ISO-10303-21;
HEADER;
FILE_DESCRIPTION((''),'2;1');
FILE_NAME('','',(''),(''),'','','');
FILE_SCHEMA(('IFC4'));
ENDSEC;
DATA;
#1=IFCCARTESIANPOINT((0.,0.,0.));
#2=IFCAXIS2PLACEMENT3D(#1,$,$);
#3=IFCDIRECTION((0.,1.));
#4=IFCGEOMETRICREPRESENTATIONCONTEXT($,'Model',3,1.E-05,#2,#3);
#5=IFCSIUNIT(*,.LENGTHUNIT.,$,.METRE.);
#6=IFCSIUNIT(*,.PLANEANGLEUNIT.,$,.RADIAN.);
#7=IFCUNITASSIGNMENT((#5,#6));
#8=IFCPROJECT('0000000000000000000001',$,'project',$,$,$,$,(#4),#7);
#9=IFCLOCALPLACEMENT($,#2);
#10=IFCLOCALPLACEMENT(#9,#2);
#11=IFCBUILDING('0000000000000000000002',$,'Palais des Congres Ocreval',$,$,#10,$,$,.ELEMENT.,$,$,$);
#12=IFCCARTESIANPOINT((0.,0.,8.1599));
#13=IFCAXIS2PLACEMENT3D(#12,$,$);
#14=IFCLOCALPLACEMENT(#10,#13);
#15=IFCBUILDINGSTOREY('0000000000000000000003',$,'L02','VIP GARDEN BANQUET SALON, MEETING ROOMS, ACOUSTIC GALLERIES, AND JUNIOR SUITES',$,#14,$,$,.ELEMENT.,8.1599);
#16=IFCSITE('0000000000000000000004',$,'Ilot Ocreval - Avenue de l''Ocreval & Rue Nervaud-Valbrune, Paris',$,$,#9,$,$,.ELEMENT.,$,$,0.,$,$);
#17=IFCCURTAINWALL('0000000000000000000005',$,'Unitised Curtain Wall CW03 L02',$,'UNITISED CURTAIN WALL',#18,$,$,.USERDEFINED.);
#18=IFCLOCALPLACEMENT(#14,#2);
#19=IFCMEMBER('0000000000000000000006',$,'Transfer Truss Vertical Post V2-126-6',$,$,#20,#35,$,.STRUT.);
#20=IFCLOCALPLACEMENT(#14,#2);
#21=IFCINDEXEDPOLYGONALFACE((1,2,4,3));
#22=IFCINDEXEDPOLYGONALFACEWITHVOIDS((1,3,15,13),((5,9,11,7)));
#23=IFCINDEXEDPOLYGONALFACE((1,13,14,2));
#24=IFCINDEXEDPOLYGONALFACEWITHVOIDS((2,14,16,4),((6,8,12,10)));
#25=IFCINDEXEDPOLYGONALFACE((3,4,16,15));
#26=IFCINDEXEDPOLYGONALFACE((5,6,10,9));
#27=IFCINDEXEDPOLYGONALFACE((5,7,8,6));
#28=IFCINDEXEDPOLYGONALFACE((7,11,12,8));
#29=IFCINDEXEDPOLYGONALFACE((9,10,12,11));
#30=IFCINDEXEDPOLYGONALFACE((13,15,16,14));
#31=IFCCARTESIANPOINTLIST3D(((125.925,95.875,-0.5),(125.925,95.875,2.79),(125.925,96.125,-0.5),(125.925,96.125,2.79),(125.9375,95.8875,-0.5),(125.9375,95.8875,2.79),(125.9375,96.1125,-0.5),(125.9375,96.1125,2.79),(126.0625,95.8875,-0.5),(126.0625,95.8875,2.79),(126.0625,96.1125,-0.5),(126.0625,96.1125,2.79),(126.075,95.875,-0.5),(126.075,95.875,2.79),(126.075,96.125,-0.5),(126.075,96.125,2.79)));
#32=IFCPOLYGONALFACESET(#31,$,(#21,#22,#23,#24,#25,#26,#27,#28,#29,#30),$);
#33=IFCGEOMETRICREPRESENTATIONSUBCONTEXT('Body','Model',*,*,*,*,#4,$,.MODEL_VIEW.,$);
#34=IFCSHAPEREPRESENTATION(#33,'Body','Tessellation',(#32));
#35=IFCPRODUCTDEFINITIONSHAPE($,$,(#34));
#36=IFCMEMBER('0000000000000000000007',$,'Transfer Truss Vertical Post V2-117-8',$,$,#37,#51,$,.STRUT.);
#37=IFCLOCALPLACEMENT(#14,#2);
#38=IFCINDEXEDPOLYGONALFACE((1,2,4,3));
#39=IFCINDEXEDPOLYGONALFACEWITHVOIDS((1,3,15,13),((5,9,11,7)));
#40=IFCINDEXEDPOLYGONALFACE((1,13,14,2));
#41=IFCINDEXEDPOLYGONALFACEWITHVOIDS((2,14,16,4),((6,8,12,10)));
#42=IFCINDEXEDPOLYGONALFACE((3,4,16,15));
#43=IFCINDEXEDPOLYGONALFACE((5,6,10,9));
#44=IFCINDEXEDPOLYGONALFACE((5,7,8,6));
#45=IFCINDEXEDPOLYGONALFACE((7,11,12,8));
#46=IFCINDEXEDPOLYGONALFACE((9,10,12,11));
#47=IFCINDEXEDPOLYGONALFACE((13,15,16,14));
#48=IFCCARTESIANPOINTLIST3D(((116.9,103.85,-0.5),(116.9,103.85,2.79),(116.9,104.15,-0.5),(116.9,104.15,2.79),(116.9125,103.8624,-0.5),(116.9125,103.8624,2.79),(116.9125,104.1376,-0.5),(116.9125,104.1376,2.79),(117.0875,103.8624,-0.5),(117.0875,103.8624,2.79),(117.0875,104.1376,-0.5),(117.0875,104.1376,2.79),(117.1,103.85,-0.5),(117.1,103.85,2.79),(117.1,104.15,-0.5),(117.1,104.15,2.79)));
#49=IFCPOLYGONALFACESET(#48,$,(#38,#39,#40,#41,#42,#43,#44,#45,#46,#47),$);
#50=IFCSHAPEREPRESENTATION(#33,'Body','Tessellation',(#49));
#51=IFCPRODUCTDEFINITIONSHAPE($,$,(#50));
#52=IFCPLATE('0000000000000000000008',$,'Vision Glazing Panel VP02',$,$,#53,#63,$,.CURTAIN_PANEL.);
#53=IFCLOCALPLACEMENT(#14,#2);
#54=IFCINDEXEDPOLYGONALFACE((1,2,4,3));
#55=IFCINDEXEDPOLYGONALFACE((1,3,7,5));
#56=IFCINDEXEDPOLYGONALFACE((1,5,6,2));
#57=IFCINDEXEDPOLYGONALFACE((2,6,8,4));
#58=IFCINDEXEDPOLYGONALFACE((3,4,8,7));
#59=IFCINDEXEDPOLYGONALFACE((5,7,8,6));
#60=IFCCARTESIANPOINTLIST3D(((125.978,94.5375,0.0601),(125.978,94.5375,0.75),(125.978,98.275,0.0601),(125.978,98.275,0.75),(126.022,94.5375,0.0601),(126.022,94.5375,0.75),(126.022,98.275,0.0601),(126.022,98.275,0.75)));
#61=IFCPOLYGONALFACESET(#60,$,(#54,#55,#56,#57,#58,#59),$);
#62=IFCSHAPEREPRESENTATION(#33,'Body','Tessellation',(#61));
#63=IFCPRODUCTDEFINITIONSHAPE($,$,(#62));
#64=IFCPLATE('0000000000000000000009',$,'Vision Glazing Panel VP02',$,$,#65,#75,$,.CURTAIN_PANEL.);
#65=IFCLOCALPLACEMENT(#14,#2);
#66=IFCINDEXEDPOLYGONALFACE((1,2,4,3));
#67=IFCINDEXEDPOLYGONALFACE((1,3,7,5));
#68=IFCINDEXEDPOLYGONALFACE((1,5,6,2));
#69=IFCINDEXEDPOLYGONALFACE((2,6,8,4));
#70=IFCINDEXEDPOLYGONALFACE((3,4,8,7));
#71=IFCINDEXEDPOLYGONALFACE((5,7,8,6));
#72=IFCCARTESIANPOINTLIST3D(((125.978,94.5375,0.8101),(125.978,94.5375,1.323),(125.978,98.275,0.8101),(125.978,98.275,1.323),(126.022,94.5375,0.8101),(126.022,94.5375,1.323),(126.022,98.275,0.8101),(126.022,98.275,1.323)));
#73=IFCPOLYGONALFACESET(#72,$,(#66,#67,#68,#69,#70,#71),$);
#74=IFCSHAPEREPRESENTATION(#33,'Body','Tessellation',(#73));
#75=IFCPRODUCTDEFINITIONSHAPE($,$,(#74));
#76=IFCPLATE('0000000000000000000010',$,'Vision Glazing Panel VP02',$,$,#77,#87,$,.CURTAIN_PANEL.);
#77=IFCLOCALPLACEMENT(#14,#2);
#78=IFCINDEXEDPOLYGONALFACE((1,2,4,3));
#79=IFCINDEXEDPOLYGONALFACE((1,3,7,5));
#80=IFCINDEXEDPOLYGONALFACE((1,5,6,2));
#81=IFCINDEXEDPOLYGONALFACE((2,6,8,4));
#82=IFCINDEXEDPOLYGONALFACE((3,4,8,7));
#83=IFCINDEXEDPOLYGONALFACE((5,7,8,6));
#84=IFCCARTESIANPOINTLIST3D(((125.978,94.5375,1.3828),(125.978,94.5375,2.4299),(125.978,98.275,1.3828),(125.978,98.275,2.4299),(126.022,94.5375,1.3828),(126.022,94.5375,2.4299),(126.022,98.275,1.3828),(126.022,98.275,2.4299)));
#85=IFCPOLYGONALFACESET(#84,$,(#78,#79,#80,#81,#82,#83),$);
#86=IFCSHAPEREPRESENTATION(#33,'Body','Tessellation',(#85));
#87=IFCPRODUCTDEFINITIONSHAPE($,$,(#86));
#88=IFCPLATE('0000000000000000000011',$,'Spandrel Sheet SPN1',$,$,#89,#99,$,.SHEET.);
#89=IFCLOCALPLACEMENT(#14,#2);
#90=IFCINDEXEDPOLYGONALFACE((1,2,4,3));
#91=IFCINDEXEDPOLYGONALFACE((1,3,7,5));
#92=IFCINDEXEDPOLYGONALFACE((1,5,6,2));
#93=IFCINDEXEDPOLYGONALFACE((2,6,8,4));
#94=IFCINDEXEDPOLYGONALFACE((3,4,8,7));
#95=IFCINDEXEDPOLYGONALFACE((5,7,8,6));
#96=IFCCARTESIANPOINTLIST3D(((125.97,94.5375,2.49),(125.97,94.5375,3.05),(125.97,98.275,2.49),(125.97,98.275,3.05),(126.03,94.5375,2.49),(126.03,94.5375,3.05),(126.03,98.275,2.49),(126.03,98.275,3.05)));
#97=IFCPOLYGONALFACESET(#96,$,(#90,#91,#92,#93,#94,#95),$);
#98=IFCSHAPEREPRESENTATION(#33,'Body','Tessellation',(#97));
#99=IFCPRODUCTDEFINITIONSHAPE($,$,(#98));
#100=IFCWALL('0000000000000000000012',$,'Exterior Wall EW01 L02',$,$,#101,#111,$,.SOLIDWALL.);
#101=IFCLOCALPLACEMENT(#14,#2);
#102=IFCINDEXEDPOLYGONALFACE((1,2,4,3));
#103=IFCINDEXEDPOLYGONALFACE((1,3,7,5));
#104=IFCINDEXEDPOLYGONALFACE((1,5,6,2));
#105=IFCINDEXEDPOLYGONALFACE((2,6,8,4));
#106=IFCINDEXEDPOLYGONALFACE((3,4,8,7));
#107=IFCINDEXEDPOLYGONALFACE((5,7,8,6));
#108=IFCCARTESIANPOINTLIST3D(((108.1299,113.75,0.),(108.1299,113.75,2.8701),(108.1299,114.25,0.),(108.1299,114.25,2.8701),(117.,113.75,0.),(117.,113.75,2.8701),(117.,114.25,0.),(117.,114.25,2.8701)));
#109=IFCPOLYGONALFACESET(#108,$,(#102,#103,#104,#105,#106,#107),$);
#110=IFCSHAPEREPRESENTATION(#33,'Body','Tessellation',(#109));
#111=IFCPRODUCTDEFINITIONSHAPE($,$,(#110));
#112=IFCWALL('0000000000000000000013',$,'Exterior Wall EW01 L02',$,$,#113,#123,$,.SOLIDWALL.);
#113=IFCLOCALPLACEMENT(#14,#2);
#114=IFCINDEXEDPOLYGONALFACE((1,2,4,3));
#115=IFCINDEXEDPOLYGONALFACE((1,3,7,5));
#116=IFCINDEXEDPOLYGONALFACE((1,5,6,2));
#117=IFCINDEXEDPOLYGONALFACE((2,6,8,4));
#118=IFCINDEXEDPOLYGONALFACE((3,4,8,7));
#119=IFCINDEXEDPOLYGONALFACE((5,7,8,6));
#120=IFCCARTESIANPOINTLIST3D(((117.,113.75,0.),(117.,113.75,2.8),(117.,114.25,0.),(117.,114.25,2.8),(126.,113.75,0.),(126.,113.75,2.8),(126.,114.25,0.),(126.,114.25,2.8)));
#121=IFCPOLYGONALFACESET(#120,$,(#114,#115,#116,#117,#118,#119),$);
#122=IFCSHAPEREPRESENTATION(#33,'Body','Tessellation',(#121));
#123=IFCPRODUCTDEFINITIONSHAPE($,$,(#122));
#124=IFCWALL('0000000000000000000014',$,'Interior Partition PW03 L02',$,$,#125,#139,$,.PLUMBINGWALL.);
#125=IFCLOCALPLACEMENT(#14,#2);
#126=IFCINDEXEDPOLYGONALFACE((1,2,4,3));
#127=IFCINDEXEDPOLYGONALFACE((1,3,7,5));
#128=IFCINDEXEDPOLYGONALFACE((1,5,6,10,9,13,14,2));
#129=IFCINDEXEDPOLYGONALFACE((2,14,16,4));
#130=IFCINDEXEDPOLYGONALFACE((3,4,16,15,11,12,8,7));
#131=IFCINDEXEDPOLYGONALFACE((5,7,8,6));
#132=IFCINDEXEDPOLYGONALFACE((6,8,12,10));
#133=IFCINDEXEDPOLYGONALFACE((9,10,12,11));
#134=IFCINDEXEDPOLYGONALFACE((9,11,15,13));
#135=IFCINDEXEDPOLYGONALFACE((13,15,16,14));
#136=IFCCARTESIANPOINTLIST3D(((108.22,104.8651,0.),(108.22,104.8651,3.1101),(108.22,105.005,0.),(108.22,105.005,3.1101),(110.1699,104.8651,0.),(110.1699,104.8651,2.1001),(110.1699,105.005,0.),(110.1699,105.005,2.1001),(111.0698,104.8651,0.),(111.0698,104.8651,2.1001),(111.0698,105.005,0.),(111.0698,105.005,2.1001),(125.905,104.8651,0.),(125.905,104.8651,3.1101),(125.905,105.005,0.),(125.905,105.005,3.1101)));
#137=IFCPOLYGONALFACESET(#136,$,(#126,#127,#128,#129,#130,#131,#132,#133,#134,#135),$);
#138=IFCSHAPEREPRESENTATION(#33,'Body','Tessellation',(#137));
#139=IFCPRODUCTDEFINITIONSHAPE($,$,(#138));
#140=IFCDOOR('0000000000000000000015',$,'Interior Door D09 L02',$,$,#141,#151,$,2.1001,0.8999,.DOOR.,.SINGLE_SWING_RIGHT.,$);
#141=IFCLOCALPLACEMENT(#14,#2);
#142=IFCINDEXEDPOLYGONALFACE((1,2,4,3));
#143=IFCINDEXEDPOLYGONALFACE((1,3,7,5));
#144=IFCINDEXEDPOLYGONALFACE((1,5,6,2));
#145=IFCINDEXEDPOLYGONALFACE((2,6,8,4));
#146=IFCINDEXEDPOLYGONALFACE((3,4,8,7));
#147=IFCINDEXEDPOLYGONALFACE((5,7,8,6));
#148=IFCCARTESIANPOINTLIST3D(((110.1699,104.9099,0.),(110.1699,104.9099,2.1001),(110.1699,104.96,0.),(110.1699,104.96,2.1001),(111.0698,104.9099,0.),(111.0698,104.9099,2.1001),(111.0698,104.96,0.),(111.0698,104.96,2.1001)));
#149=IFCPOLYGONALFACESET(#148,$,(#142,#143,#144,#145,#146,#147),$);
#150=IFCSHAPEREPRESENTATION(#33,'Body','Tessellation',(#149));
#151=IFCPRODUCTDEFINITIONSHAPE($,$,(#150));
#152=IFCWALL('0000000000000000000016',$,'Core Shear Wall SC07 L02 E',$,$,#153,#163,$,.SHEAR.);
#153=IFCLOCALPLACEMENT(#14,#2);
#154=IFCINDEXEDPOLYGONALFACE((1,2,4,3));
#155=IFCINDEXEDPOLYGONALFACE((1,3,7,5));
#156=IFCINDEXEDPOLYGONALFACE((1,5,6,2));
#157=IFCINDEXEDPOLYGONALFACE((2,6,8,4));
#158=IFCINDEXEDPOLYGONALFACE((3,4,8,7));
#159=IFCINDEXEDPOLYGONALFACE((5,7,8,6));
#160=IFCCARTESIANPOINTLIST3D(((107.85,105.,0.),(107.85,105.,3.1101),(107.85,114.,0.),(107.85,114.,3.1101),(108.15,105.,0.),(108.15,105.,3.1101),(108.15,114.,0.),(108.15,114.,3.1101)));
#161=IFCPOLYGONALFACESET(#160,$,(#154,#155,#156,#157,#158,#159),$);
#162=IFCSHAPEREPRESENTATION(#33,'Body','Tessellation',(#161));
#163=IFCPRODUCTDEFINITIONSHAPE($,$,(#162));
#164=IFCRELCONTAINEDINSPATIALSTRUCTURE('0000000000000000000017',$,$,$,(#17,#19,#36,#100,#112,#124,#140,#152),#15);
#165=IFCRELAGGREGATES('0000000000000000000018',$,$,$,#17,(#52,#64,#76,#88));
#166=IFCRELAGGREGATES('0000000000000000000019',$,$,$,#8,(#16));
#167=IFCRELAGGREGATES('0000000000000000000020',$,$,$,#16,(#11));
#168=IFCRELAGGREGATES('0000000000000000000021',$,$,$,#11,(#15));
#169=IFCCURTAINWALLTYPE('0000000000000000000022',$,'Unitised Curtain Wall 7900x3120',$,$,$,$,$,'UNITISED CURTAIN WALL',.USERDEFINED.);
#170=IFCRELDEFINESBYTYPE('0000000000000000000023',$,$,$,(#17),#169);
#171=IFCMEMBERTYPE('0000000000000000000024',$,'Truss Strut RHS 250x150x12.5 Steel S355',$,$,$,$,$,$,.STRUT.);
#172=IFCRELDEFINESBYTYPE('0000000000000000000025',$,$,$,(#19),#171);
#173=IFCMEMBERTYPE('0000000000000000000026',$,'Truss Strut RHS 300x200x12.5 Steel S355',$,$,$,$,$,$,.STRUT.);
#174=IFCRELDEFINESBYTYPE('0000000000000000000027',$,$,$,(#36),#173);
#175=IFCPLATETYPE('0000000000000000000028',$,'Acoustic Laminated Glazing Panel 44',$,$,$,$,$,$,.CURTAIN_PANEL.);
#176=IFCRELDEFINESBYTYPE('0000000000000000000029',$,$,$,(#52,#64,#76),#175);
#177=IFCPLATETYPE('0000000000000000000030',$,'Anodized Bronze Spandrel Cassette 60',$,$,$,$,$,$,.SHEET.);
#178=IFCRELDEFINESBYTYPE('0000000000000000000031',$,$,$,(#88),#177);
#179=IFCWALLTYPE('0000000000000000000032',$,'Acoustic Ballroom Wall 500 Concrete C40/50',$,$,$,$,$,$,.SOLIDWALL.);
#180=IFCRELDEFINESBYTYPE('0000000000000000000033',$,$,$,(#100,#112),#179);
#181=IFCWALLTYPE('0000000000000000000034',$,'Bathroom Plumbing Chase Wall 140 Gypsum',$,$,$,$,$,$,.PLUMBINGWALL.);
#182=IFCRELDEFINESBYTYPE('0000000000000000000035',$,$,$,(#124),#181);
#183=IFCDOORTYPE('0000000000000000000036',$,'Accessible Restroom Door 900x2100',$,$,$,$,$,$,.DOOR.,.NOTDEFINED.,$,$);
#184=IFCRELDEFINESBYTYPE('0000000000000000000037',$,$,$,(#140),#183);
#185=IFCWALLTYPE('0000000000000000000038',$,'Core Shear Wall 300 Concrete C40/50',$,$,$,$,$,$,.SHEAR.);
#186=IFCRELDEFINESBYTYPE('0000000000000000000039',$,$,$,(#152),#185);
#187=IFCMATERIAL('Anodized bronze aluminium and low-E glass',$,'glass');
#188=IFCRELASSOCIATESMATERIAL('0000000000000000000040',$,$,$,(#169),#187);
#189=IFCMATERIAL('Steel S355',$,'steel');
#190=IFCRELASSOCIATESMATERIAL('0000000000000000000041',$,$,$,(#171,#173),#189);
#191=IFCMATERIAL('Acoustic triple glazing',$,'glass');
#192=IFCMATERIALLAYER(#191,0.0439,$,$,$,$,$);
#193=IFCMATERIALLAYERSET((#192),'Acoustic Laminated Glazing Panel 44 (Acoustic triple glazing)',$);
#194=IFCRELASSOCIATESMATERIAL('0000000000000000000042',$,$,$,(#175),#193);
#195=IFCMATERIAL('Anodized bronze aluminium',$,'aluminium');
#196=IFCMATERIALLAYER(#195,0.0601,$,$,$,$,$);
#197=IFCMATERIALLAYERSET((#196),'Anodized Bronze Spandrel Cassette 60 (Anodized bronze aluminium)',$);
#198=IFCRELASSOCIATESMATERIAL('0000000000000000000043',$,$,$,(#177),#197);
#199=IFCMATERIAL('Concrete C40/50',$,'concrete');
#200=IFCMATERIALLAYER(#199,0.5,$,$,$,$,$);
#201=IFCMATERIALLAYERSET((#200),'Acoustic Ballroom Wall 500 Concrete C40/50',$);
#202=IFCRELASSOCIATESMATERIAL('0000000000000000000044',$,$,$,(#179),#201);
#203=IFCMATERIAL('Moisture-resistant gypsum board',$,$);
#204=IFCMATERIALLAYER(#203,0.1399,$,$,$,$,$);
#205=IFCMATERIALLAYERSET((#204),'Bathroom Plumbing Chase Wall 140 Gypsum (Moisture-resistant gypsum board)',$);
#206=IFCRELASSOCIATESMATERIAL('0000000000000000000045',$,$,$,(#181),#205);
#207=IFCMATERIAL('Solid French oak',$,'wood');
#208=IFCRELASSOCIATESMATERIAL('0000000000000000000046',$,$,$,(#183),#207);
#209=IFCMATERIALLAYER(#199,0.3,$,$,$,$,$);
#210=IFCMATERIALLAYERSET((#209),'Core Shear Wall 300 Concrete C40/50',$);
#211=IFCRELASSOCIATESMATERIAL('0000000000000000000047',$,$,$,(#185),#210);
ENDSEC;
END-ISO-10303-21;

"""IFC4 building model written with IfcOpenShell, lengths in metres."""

from ifc_helpers import new_model, si_unit, direction, frame, frame_2d, origin, origin_2d, place, context, subcontext, project, spatial, rectangle, hollow_rectangle, extrude, material, layer, layer_set, material_profile, profile_set, type_object, element, fill, aggregate, save


model = new_model("IFC4")

# Units and contexts
model_context = context("Model", 3, precision=1e-05, world=origin(), true_north=direction((0.0, 1.0)))
body_context = subcontext(model_context, "Body", "Model", "MODEL_VIEW")
ifc_project = project(units=[si_unit("LENGTHUNIT", "METRE"), si_unit("PLANEANGLEUNIT", "RADIAN")], contexts=[model_context])

# Site, building, storey
site_placement = place(None, origin())
site = spatial("IfcSite", under=ifc_project, at=site_placement, Name="Ilot Ocreval - Avenue de l'Ocreval & Rue Nervaud-Valbrune, Paris", CompositionType="ELEMENT", RefElevation=0.0)
building_placement = place(site_placement, origin())
building = spatial("IfcBuilding", under=site, at=building_placement, Name="Palais des Congres Ocreval", CompositionType="ELEMENT")
storey_placement = place(building_placement, frame((0.0, 0.0, 8.1599)))
storey = spatial("IfcBuildingStorey", under=building, at=storey_placement, Name="L02", Description="VIP GARDEN BANQUET SALON, MEETING ROOMS, ACOUSTIC GALLERIES, AND JUNIOR SUITES", CompositionType="ELEMENT", Elevation=8.1599)

# Shared definitions
ifc_material_1 = material(Name="Steel S355", Category="steel")

# Curtain wall
ifc_material_2 = material(Name="Anodized bronze aluminium and low-E glass", Category="glass")
curtain_wall_type = type_object("IfcCurtainWallType", Name="Unitised Curtain Wall 7900x3120", ElementType="UNITISED CURTAIN WALL", PredefinedType="USERDEFINED", material=ifc_material_2)
curtain_wall_placement = place(storey_placement, origin())
curtain_wall = element("IfcCurtainWall", 1, at=curtain_wall_placement, inside=storey, type_object=curtain_wall_type, Name="Unitised Curtain Wall CW03 L02", ObjectType="UNITISED CURTAIN WALL", PredefinedType="USERDEFINED")
ifc_material_3 = material(Name="Anodized bronze aluminium", Category="aluminium")

# Members
ifc_material_profile_1 = material_profile(ifc_material_1, hollow_rectangle(XDim=0.1499, YDim=0.25, WallThickness=0.0125, at=origin_2d()), Name="RHS 250x150x12.5")
ifc_profile_set_1 = profile_set([ifc_material_profile_1], Name="Steel S355")
member_type_1 = type_object("IfcMemberType", Name="Truss Strut RHS 250x150x12.5 Steel S355", PredefinedType="STRUT", material=ifc_profile_set_1)
for number, where, z_axis, x_axis, name in (
    (2, (126.0, 96.0, -0.5), (0.0, 0.0, 1.0), (1.0, 0.0, 0.0), "Transfer Truss Vertical Post V2-126-6"),
):
    element("IfcMember", number, at=place(storey_placement, frame(where, z_axis=z_axis, x_axis=x_axis)), inside=storey, type_object=member_type_1, Name=name, PredefinedType="STRUT", context=body_context, shape_type="SweptSolid", body=[
        extrude(hollow_rectangle(XDim=0.1499, YDim=0.25, WallThickness=0.0125, at=origin_2d()), origin(), (0.0, 0.0, 1.0), 3.29),
    ])
ifc_material_profile_2 = material_profile(ifc_material_1, hollow_rectangle(XDim=0.2, YDim=0.3, WallThickness=0.0125, at=origin_2d()), Name="RHS 300x200x12.5")
ifc_profile_set_2 = profile_set([ifc_material_profile_2], Name="Steel S355")
member_type_2 = type_object("IfcMemberType", Name="Truss Strut RHS 300x200x12.5 Steel S355", PredefinedType="STRUT", material=ifc_profile_set_2)
member_1_placement = place(storey_placement, frame((117.0, 104.0, -0.5), z_axis=(0.0, 0.0, 1.0), x_axis=(1.0, 0.0, 0.0)))
element("IfcMember", 3, at=member_1_placement, inside=storey, type_object=member_type_2, Name="Transfer Truss Vertical Post V2-117-8", PredefinedType="STRUT", context=body_context, shape_type="SweptSolid", body=[
    extrude(hollow_rectangle(XDim=0.2, YDim=0.3, WallThickness=0.0125, at=origin_2d()), origin(), (0.0, 0.0, 1.0), 3.29),
])

# Plates
ifc_material_4 = material(Name="Acoustic triple glazing", Category="glass")
ifc_layer_1 = layer(ifc_material_4, 0.0439)
ifc_layer_set_1 = layer_set([ifc_layer_1], Name="Acoustic Laminated Glazing Panel 44 (Acoustic triple glazing)")
plate_type_1 = type_object("IfcPlateType", Name="Acoustic Laminated Glazing Panel 44", PredefinedType="CURTAIN_PANEL", material=ifc_layer_set_1)
plate_1_placement = place(storey_placement, frame((126.0, 96.4062, 0.0601), z_axis=(0.0, 0.0, 1.0), x_axis=(0.0, -1.0, 0.0)))
plate_1 = element("IfcPlate", 4, at=plate_1_placement, type_object=plate_type_1, Name="Vision Glazing Panel VP02", PredefinedType="CURTAIN_PANEL", context=body_context, shape_type="SweptSolid", body=[
    extrude(rectangle(XDim=3.7375, YDim=0.0439, at=origin_2d()), origin(), (0.0, 0.0, 1.0), 0.6899),
])
plate_2_placement = place(storey_placement, frame((126.0, 96.4062, 0.8101), z_axis=(0.0, 0.0, 1.0), x_axis=(0.0, -1.0, 0.0)))
plate_2 = element("IfcPlate", 5, at=plate_2_placement, type_object=plate_type_1, Name="Vision Glazing Panel VP02", PredefinedType="CURTAIN_PANEL", context=body_context, shape_type="SweptSolid", body=[
    extrude(rectangle(XDim=3.7375, YDim=0.0439, at=origin_2d()), origin(), (0.0, 0.0, 1.0), 0.5129),
])
plate_3_placement = place(storey_placement, frame((126.0, 96.4062, 1.3828), z_axis=(0.0, 0.0, 1.0), x_axis=(0.0, -1.0, 0.0)))
plate_3 = element("IfcPlate", 6, at=plate_3_placement, type_object=plate_type_1, Name="Vision Glazing Panel VP02", PredefinedType="CURTAIN_PANEL", context=body_context, shape_type="SweptSolid", body=[
    extrude(rectangle(XDim=3.7375, YDim=0.0439, at=origin_2d()), origin(), (0.0, 0.0, 1.0), 1.0471),
])
ifc_layer_2 = layer(ifc_material_3, 0.0601)
ifc_layer_set_2 = layer_set([ifc_layer_2], Name="Anodized Bronze Spandrel Cassette 60 (Anodized bronze aluminium)")
plate_type_2 = type_object("IfcPlateType", Name="Anodized Bronze Spandrel Cassette 60", PredefinedType="SHEET", material=ifc_layer_set_2)
plate_4_placement = place(storey_placement, frame((126.0, 96.4062, 2.49), z_axis=(0.0, 0.0, 1.0), x_axis=(0.0, -1.0, 0.0)))
plate_4 = element("IfcPlate", 7, at=plate_4_placement, type_object=plate_type_2, Name="Spandrel Sheet SPN1", PredefinedType="SHEET", context=body_context, shape_type="SweptSolid", body=[
    extrude(rectangle(XDim=3.7375, YDim=0.0601, at=origin_2d()), origin(), (0.0, 0.0, 1.0), 0.5601),
])
aggregate(curtain_wall, [plate_1, plate_2, plate_3, plate_4])

# Walls
ifc_material_5 = material(Name="Concrete C40/50", Category="concrete")
ifc_layer_3 = layer(ifc_material_5, 0.5)
ifc_layer_set_3 = layer_set([ifc_layer_3], Name="Acoustic Ballroom Wall 500 Concrete C40/50")
wall_type_1 = type_object("IfcWallType", Name="Acoustic Ballroom Wall 500 Concrete C40/50", PredefinedType="SOLIDWALL", material=ifc_layer_set_3)
wall_1_placement = place(storey_placement, frame((108.1299, 114.0, 0.0), z_axis=(0.0, 0.0, 1.0), x_axis=(1.0, 0.0, 0.0)))
element("IfcWall", 8, at=wall_1_placement, inside=storey, type_object=wall_type_1, Name="Exterior Wall EW01 L02", PredefinedType="SOLIDWALL", context=body_context, shape_type="SweptSolid", body=[
    extrude(rectangle(XDim=8.8701, YDim=0.5, at=frame_2d((4.4351, 0.0))), origin(), (0.0, 0.0, 1.0), 2.8701),
])
wall_2_placement = place(storey_placement, frame((117.0, 114.0, 0.0), z_axis=(0.0, 0.0, 1.0), x_axis=(1.0, 0.0, 0.0)))
element("IfcWall", 9, at=wall_2_placement, inside=storey, type_object=wall_type_1, Name="Exterior Wall EW01 L02", PredefinedType="SOLIDWALL", context=body_context, shape_type="SweptSolid", body=[
    extrude(rectangle(XDim=9.0, YDim=0.5, at=frame_2d((4.5, 0.0))), origin(), (0.0, 0.0, 1.0), 2.8),
])

# Wall, opening, door
ifc_material_6 = material(Name="Moisture-resistant gypsum board")
ifc_layer_4 = layer(ifc_material_6, 0.1399)
ifc_layer_set_4 = layer_set([ifc_layer_4], Name="Bathroom Plumbing Chase Wall 140 Gypsum (Moisture-resistant gypsum board)")
wall_type_2 = type_object("IfcWallType", Name="Bathroom Plumbing Chase Wall 140 Gypsum", PredefinedType="PLUMBINGWALL", material=ifc_layer_set_4)
wall_3_placement = place(storey_placement, frame((108.22, 104.9351, 0.0), z_axis=(0.0, 0.0, 1.0), x_axis=(1.0, 0.0, 0.0)))
wall_3 = element("IfcWall", 10, at=wall_3_placement, inside=storey, type_object=wall_type_2, Name="Interior Partition PW03 L02", PredefinedType="PLUMBINGWALL", context=body_context, shape_type="SweptSolid", body=[
    extrude(rectangle(XDim=17.6851, YDim=0.1399, at=frame_2d((8.8425, 0.0))), origin(), (0.0, 0.0, 1.0), 3.1101),
])
opening_1_placement = place(wall_3_placement, frame((1.95, 0.0, 0.0)))
opening_1 = element("IfcOpeningElement", 11, at=opening_1_placement, cuts=wall_3, PredefinedType="OPENING", context=body_context, shape_type="SweptSolid", body=[
    extrude(rectangle(XDim=0.8999, YDim=2.1001, at=frame_2d((0.45, 1.05))), frame((0.0, 0.0798, 0.0), z_axis=(0.0, -1.0, 0.0), x_axis=(1.0, 0.0, 0.0)), (0.0, 0.0, 1.0), 0.1599),
])
ifc_material_7 = material(Name="Solid French oak", Category="wood")
door_type_1 = type_object("IfcDoorType", Name="Accessible Restroom Door 900x2100", OperationType="NOTDEFINED", PredefinedType="DOOR", material=ifc_material_7)
door_1_placement = place(opening_1_placement, origin())
door_1 = element("IfcDoor", 12, at=door_1_placement, inside=storey, type_object=door_type_1, Name="Interior Door D09 L02", OperationType="SINGLE_SWING_RIGHT", OverallHeight=2.1001, OverallWidth=0.8999, PredefinedType="DOOR", context=body_context, shape_type="SweptSolid", body=[
    extrude(rectangle(XDim=0.8999, YDim=2.1001, at=frame_2d((0.45, 1.05))), frame((0.0, 0.0249, 0.0), z_axis=(0.0, -1.0, 0.0), x_axis=(1.0, 0.0, 0.0)), (0.0, 0.0, 1.0), 0.05),
])
fill(opening_1, door_1)

# Wall
ifc_layer_5 = layer(ifc_material_5, 0.3)
ifc_layer_set_5 = layer_set([ifc_layer_5], Name="Core Shear Wall 300 Concrete C40/50")
wall_type_3 = type_object("IfcWallType", Name="Core Shear Wall 300 Concrete C40/50", PredefinedType="SHEAR", material=ifc_layer_set_5)
wall_4_placement = place(storey_placement, frame((108.0, 105.0, 0.0), z_axis=(0.0, 0.0, 1.0), x_axis=(0.0, 1.0, 0.0)))
element("IfcWall", 13, at=wall_4_placement, inside=storey, type_object=wall_type_3, Name="Core Shear Wall SC07 L02 E", PredefinedType="SHEAR", context=body_context, shape_type="SweptSolid", body=[
    extrude(rectangle(XDim=9.0, YDim=0.3, at=frame_2d((4.5, 0.0))), origin(), (0.0, 0.0, 1.0), 3.1101),
])

save(model, "model.ifc")
